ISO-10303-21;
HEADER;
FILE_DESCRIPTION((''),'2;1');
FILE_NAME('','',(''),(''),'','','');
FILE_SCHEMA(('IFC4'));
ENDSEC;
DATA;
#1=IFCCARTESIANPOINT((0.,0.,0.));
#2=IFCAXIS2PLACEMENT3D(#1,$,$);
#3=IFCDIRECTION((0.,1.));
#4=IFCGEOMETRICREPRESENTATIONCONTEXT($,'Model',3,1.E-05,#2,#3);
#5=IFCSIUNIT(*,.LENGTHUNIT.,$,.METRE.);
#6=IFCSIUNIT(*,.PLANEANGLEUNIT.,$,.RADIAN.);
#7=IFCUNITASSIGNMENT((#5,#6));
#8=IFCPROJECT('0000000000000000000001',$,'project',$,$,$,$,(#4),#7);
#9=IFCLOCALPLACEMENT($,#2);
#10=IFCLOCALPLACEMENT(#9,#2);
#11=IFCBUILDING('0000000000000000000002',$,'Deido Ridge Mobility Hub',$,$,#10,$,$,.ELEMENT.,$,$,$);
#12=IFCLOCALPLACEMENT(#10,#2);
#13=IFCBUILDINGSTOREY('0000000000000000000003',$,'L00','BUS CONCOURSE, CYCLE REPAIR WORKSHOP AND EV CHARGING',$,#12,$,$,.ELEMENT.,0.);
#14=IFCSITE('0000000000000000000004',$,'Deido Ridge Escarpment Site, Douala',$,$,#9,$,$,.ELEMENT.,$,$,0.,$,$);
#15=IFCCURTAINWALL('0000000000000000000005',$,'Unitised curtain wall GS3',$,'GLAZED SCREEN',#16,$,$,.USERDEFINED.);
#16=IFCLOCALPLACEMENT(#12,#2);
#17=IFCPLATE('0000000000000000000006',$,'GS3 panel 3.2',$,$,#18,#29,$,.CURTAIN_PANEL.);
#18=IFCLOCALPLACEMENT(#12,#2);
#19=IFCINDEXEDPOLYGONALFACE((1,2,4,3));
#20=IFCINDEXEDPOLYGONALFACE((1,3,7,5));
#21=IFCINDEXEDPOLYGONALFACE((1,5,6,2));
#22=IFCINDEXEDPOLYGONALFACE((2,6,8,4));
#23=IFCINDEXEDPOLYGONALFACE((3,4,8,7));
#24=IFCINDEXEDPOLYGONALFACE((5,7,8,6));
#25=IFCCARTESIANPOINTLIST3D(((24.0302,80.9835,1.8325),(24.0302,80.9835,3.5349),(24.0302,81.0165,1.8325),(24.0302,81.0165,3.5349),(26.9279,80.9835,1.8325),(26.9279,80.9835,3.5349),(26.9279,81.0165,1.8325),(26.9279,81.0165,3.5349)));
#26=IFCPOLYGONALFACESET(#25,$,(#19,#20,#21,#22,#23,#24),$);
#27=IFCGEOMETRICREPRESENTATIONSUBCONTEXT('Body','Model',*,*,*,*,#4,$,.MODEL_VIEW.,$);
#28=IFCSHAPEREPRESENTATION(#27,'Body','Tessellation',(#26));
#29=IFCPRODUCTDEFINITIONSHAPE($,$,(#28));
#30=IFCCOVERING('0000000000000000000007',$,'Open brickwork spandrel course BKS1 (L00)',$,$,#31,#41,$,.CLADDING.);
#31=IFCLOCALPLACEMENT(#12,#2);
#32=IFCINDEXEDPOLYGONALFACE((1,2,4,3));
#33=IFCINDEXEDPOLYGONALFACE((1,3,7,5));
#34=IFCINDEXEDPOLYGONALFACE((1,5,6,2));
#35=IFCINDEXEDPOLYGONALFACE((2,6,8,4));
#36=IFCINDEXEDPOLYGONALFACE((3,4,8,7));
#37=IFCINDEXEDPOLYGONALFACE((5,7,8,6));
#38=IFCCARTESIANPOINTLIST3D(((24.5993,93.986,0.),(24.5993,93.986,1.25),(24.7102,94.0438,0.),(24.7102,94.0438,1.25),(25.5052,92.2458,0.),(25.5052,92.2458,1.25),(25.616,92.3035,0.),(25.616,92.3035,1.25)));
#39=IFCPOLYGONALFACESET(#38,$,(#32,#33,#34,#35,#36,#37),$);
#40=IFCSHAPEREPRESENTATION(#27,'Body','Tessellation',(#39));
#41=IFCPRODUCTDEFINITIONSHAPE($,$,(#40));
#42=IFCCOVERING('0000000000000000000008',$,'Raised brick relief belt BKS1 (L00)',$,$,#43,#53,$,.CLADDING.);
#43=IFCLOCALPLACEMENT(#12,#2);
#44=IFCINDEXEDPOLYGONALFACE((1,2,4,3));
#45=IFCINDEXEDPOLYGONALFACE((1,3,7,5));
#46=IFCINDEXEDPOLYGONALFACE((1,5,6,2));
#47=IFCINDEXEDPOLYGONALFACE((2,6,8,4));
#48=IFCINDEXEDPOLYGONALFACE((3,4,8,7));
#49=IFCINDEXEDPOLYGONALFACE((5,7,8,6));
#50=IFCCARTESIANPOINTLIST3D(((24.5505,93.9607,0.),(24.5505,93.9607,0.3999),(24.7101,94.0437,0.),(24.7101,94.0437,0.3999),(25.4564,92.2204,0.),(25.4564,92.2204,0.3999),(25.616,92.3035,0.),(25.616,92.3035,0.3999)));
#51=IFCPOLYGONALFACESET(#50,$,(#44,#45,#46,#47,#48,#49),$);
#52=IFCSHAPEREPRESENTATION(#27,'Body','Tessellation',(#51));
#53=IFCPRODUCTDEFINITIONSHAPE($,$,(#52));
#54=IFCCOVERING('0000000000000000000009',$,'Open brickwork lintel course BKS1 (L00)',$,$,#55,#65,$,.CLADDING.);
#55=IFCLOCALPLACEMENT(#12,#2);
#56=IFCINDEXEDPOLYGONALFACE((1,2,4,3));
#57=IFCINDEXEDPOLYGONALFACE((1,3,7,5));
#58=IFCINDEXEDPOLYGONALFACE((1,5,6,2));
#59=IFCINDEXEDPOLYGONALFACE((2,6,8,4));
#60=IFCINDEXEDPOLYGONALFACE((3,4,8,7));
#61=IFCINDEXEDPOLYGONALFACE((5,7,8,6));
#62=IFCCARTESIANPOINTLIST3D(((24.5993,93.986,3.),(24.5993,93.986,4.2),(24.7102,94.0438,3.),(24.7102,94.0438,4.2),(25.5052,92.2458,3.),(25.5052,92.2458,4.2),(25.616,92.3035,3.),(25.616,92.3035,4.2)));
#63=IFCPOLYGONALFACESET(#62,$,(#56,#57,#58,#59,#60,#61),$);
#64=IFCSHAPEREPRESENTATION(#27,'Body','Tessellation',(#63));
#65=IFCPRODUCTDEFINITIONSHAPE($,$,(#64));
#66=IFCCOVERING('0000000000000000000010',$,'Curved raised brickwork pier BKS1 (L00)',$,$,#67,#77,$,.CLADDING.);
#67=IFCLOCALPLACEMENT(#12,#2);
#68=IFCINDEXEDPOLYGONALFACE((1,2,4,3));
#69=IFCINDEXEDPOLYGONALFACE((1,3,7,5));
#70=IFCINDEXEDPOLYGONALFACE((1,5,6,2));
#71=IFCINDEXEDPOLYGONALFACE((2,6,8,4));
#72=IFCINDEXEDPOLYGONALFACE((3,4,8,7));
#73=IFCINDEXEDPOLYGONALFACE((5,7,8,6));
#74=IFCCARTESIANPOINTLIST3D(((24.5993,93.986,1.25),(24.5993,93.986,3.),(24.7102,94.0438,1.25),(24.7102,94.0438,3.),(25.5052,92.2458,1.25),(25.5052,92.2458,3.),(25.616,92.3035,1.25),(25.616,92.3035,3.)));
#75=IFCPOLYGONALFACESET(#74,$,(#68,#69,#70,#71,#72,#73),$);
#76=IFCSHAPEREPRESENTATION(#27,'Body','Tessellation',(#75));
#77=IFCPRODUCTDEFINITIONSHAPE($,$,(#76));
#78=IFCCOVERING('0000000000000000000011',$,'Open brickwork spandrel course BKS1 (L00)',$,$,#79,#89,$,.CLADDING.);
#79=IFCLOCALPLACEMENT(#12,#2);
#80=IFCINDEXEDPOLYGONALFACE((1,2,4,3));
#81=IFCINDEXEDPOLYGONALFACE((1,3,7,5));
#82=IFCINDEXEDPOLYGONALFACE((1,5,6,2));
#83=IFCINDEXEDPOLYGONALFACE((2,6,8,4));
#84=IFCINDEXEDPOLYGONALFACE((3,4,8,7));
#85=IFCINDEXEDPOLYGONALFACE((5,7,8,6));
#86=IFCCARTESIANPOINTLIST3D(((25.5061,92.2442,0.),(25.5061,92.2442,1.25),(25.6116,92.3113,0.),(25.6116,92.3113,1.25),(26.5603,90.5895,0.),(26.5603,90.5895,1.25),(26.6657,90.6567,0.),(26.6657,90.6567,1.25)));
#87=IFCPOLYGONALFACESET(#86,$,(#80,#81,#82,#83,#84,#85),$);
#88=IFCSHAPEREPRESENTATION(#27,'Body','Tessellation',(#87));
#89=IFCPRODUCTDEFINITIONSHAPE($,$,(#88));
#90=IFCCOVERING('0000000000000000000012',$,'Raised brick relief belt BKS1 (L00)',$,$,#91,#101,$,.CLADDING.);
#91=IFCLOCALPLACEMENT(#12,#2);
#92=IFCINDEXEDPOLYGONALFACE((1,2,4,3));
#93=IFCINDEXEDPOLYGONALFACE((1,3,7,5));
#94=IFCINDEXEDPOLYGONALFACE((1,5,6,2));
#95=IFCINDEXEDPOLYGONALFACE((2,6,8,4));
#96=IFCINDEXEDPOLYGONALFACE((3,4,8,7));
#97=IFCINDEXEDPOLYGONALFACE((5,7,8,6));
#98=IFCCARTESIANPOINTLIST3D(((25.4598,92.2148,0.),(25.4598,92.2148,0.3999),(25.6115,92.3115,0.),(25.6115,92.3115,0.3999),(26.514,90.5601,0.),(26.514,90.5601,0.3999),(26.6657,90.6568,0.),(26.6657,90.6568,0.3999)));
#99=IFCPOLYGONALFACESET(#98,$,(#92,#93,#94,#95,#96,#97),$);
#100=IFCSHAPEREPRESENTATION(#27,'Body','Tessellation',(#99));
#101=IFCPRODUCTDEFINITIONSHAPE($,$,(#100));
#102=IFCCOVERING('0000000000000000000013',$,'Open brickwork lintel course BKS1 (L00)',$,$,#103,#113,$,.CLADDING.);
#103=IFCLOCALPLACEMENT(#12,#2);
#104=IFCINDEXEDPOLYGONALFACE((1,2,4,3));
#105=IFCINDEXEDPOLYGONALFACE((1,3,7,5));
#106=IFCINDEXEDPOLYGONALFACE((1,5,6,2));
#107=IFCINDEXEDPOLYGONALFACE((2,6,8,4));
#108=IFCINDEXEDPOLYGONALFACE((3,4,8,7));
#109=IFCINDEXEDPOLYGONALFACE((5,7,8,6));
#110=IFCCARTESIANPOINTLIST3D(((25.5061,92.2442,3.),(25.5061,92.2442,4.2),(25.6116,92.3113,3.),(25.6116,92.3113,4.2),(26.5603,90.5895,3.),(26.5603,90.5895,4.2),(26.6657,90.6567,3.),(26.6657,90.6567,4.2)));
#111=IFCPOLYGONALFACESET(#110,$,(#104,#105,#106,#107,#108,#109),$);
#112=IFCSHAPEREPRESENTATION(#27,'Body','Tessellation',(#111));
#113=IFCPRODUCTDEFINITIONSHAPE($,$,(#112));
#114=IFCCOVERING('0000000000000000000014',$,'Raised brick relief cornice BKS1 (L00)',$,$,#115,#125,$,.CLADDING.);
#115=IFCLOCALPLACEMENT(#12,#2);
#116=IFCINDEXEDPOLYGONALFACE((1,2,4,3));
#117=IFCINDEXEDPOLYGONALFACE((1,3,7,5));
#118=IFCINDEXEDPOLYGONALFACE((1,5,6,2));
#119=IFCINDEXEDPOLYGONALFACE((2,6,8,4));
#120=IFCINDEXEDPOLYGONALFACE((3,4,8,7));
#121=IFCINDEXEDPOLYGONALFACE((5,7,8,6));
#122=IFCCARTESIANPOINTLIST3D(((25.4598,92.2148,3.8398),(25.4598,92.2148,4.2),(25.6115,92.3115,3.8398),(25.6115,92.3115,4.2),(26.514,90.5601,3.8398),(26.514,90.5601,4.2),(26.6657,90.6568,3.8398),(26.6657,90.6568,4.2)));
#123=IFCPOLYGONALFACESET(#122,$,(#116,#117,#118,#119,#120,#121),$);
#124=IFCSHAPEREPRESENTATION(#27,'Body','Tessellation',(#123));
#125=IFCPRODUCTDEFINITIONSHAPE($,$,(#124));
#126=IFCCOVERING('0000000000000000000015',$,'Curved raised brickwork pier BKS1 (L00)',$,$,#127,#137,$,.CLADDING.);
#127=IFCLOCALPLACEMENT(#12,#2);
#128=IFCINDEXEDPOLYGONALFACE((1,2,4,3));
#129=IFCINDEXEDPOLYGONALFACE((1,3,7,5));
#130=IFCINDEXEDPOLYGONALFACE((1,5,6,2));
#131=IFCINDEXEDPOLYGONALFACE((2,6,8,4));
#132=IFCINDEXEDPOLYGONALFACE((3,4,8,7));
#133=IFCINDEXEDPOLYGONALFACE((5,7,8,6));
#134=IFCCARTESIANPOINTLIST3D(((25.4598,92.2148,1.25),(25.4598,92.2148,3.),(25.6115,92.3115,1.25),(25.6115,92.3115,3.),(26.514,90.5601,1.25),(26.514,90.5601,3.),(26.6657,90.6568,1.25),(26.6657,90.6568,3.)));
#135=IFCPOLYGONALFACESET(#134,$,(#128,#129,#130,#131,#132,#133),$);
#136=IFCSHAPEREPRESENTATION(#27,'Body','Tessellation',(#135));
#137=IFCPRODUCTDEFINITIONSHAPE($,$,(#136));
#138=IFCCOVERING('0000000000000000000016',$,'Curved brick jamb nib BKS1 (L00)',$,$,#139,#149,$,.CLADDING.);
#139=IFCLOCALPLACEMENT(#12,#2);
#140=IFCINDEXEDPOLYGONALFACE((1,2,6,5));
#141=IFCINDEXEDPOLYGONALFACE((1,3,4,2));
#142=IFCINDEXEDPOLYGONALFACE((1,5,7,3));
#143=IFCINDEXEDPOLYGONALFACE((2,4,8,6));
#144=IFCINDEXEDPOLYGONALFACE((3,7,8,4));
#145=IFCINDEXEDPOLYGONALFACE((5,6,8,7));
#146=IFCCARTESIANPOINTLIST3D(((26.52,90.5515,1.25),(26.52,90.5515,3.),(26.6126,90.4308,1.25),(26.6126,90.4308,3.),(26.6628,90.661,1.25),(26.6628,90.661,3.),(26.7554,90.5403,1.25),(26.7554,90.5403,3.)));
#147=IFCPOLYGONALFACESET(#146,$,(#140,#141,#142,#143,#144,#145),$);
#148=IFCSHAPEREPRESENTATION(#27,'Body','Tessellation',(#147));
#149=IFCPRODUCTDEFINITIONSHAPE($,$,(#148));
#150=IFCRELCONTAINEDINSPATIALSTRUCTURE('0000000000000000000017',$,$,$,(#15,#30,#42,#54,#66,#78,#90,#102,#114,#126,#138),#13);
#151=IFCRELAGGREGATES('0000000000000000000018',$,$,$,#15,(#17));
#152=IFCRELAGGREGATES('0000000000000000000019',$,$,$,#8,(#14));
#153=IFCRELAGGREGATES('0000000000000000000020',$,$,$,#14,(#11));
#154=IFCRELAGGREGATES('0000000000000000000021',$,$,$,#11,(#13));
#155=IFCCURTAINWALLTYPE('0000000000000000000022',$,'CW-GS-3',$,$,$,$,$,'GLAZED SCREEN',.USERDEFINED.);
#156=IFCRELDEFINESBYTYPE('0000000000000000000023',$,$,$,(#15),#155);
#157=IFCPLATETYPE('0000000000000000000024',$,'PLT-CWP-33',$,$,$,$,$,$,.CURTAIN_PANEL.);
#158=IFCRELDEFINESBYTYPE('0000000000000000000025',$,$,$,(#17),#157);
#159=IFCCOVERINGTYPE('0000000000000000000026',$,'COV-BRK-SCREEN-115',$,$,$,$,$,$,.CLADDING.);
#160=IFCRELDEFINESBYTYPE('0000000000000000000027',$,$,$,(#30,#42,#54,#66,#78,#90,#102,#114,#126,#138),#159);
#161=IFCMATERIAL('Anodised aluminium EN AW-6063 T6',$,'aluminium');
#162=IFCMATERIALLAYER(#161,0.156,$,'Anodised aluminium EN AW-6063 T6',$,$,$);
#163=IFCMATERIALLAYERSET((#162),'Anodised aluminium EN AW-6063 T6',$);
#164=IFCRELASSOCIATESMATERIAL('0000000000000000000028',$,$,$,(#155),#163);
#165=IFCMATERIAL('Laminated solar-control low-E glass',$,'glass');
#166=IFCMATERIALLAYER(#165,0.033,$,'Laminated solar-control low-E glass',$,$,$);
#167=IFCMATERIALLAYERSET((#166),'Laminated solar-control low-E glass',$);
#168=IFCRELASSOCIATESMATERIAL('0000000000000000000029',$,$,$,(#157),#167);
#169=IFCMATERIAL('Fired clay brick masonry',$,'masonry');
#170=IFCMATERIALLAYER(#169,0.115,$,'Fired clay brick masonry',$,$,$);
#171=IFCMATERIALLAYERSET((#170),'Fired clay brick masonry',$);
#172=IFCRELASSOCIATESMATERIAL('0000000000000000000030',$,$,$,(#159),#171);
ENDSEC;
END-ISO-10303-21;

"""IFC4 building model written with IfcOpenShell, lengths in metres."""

from ifc_helpers import new_model, si_unit, direction, frame, origin, origin_2d, place, context, subcontext, project, spatial, rectangle, extrude, material, layer, layer_set, type_object, element, aggregate, save


model = new_model("IFC4")

# Units and contexts
model_context = context("Model", 3, precision=1e-05, world=origin(), true_north=direction((0.0, 1.0)))
body_context = subcontext(model_context, "Body", "Model", "MODEL_VIEW")
ifc_project = project(units=[si_unit("LENGTHUNIT", "METRE"), si_unit("PLANEANGLEUNIT", "RADIAN")], contexts=[model_context])

# Site, building, storey
site_placement = place(None, origin())
site = spatial("IfcSite", under=ifc_project, at=site_placement, Name="Deido Ridge Escarpment Site, Douala", CompositionType="ELEMENT", RefElevation=0.0)
building_placement = place(site_placement, origin())
building = spatial("IfcBuilding", under=site, at=building_placement, Name="Deido Ridge Mobility Hub", CompositionType="ELEMENT")
storey_placement = place(building_placement, origin())
storey = spatial("IfcBuildingStorey", under=building, at=storey_placement, Name="L00", Description="BUS CONCOURSE, CYCLE REPAIR WORKSHOP AND EV CHARGING", CompositionType="ELEMENT", Elevation=0.0)

# Shared definitions
ifc_material_1 = material(Name="Anodised aluminium EN AW-6063 T6", Category="aluminium")

# Curtain wall
ifc_layer_1 = layer(ifc_material_1, 0.156, Name="Anodised aluminium EN AW-6063 T6")
ifc_layer_set_1 = layer_set([ifc_layer_1], Name="Anodised aluminium EN AW-6063 T6")
curtain_wall_type_1 = type_object("IfcCurtainWallType", Name="CW-GS-3", ElementType="GLAZED SCREEN", PredefinedType="USERDEFINED", material=ifc_layer_set_1)
curtain_wall_1_placement = place(storey_placement, origin())
curtain_wall_1 = element("IfcCurtainWall", 1, at=curtain_wall_1_placement, inside=storey, type_object=curtain_wall_type_1, Name="Unitised curtain wall GS3", ObjectType="GLAZED SCREEN", PredefinedType="USERDEFINED")

# Plate
ifc_material_2 = material(Name="Laminated solar-control low-E glass", Category="glass")
ifc_layer_2 = layer(ifc_material_2, 0.033, Name="Laminated solar-control low-E glass")
ifc_layer_set_2 = layer_set([ifc_layer_2], Name="Laminated solar-control low-E glass")
plate_type = type_object("IfcPlateType", Name="PLT-CWP-33", PredefinedType="CURTAIN_PANEL", material=ifc_layer_set_2)
plate_1_placement = place(storey_placement, frame((25.479, 81.0, 1.8325), z_axis=(0.0, 0.0, 1.0), x_axis=(1.0, 0.0, 0.0)))
plate_1 = element("IfcPlate", 2, at=plate_1_placement, type_object=plate_type, Name="GS3 panel 3.2", PredefinedType="CURTAIN_PANEL", context=body_context, shape_type="SweptSolid", body=[
    extrude(rectangle(XDim=2.8977, YDim=0.033, at=origin_2d()), origin(), (0.0, 0.0, 1.0), 1.7024),
])
aggregate(curtain_wall_1, [plate_1])

# Coverings
ifc_material_3 = material(Name="Fired clay brick masonry", Category="masonry")
ifc_layer_3 = layer(ifc_material_3, 0.115, Name="Fired clay brick masonry")
ifc_layer_set_3 = layer_set([ifc_layer_3], Name="Fired clay brick masonry")
covering_type = type_object("IfcCoveringType", Name="COV-BRK-SCREEN-115", PredefinedType="CLADDING", material=ifc_layer_set_3)
covering_1_placement = place(storey_placement, frame((25.1077, 93.1448, 0.0), z_axis=(0.0, 0.0, 1.0), x_axis=(0.461733, -0.887019, 0.0)))
element("IfcCovering", 3, at=covering_1_placement, inside=storey, type_object=covering_type, Name="Open brickwork spandrel course BKS1 (L00)", PredefinedType="CLADDING", context=body_context, shape_type="SweptSolid", body=[
    extrude(rectangle(XDim=1.9619, YDim=0.125, at=origin_2d()), origin(), (0.0, 0.0, 1.0), 1.25),
])
covering_2_placement = place(storey_placement, frame((25.0833, 93.1321, 0.0), z_axis=(0.0, 0.0, 1.0), x_axis=(0.461733, -0.887019, 0.0)))
element("IfcCovering", 4, at=covering_2_placement, inside=storey, type_object=covering_type, Name="Raised brick relief belt BKS1 (L00)", PredefinedType="CLADDING", context=body_context, shape_type="SweptSolid", body=[
    extrude(rectangle(XDim=1.9619, YDim=0.1799, at=origin_2d()), origin(), (0.0, 0.0, 1.0), 0.3999),
])
covering_3_placement = place(storey_placement, frame((25.1077, 93.1448, 3.0), z_axis=(0.0, 0.0, 1.0), x_axis=(0.461733, -0.887019, 0.0)))
element("IfcCovering", 5, at=covering_3_placement, inside=storey, type_object=covering_type, Name="Open brickwork lintel course BKS1 (L00)", PredefinedType="CLADDING", context=body_context, shape_type="SweptSolid", body=[
    extrude(rectangle(XDim=1.9619, YDim=0.125, at=origin_2d()), origin(), (0.0, 0.0, 1.0), 1.2),
])
covering_4_placement = place(storey_placement, frame((25.1077, 93.1448, 1.25), z_axis=(0.0, 0.0, 1.0), x_axis=(0.461733, -0.887019, 0.0)))
element("IfcCovering", 6, at=covering_4_placement, inside=storey, type_object=covering_type, Name="Curved raised brickwork pier BKS1 (L00)", PredefinedType="CLADDING", context=body_context, shape_type="SweptSolid", body=[
    extrude(rectangle(XDim=1.9619, YDim=0.125, at=origin_2d()), origin(), (0.0, 0.0, 1.0), 1.75),
])
covering_5_placement = place(storey_placement, frame((26.0859, 91.4504, 0.0), z_axis=(0.0, 0.0, 1.0), x_axis=(0.537314, -0.843382, 0.0)))
element("IfcCovering", 7, at=covering_5_placement, inside=storey, type_object=covering_type, Name="Open brickwork spandrel course BKS1 (L00)", PredefinedType="CLADDING", context=body_context, shape_type="SweptSolid", body=[
    extrude(rectangle(XDim=1.9619, YDim=0.125, at=origin_2d()), origin(), (0.0, 0.0, 1.0), 1.25),
])
covering_6_placement = place(storey_placement, frame((26.0627, 91.4358, 0.0), z_axis=(0.0, 0.0, 1.0), x_axis=(0.537314, -0.843382, 0.0)))
element("IfcCovering", 8, at=covering_6_placement, inside=storey, type_object=covering_type, Name="Raised brick relief belt BKS1 (L00)", PredefinedType="CLADDING", context=body_context, shape_type="SweptSolid", body=[
    extrude(rectangle(XDim=1.9619, YDim=0.1799, at=origin_2d()), origin(), (0.0, 0.0, 1.0), 0.3999),
])
covering_7_placement = place(storey_placement, frame((26.0859, 91.4504, 3.0), z_axis=(0.0, 0.0, 1.0), x_axis=(0.537314, -0.843382, 0.0)))
element("IfcCovering", 9, at=covering_7_placement, inside=storey, type_object=covering_type, Name="Open brickwork lintel course BKS1 (L00)", PredefinedType="CLADDING", context=body_context, shape_type="SweptSolid", body=[
    extrude(rectangle(XDim=1.9619, YDim=0.125, at=origin_2d()), origin(), (0.0, 0.0, 1.0), 1.2),
])
covering_8_placement = place(storey_placement, frame((26.0627, 91.4358, 3.8398), z_axis=(0.0, 0.0, 1.0), x_axis=(0.537314, -0.843382, 0.0)))
element("IfcCovering", 10, at=covering_8_placement, inside=storey, type_object=covering_type, Name="Raised brick relief cornice BKS1 (L00)", PredefinedType="CLADDING", context=body_context, shape_type="SweptSolid", body=[
    extrude(rectangle(XDim=1.9619, YDim=0.1799, at=origin_2d()), origin(), (0.0, 0.0, 1.0), 0.3601),
])
covering_9_placement = place(storey_placement, frame((26.0627, 91.4358, 1.25), z_axis=(0.0, 0.0, 1.0), x_axis=(0.537314, -0.843382, 0.0)))
element("IfcCovering", 11, at=covering_9_placement, inside=storey, type_object=covering_type, Name="Curved raised brickwork pier BKS1 (L00)", PredefinedType="CLADDING", context=body_context, shape_type="SweptSolid", body=[
    extrude(rectangle(XDim=1.9619, YDim=0.1799, at=origin_2d()), origin(), (0.0, 0.0, 1.0), 1.75),
])
covering_10_placement = place(storey_placement, frame((26.6377, 90.5459, 1.25), z_axis=(0.0, 0.0, 1.0), x_axis=(0.608761, -0.793353, 0.0)))
element("IfcCovering", 12, at=covering_10_placement, inside=storey, type_object=covering_type, Name="Curved brick jamb nib BKS1 (L00)", PredefinedType="CLADDING", context=body_context, shape_type="SweptSolid", body=[
    extrude(rectangle(XDim=0.1521, YDim=0.1799, at=origin_2d()), origin(), (0.0, 0.0, 1.0), 1.75),
])

save(model, "model.ifc")
